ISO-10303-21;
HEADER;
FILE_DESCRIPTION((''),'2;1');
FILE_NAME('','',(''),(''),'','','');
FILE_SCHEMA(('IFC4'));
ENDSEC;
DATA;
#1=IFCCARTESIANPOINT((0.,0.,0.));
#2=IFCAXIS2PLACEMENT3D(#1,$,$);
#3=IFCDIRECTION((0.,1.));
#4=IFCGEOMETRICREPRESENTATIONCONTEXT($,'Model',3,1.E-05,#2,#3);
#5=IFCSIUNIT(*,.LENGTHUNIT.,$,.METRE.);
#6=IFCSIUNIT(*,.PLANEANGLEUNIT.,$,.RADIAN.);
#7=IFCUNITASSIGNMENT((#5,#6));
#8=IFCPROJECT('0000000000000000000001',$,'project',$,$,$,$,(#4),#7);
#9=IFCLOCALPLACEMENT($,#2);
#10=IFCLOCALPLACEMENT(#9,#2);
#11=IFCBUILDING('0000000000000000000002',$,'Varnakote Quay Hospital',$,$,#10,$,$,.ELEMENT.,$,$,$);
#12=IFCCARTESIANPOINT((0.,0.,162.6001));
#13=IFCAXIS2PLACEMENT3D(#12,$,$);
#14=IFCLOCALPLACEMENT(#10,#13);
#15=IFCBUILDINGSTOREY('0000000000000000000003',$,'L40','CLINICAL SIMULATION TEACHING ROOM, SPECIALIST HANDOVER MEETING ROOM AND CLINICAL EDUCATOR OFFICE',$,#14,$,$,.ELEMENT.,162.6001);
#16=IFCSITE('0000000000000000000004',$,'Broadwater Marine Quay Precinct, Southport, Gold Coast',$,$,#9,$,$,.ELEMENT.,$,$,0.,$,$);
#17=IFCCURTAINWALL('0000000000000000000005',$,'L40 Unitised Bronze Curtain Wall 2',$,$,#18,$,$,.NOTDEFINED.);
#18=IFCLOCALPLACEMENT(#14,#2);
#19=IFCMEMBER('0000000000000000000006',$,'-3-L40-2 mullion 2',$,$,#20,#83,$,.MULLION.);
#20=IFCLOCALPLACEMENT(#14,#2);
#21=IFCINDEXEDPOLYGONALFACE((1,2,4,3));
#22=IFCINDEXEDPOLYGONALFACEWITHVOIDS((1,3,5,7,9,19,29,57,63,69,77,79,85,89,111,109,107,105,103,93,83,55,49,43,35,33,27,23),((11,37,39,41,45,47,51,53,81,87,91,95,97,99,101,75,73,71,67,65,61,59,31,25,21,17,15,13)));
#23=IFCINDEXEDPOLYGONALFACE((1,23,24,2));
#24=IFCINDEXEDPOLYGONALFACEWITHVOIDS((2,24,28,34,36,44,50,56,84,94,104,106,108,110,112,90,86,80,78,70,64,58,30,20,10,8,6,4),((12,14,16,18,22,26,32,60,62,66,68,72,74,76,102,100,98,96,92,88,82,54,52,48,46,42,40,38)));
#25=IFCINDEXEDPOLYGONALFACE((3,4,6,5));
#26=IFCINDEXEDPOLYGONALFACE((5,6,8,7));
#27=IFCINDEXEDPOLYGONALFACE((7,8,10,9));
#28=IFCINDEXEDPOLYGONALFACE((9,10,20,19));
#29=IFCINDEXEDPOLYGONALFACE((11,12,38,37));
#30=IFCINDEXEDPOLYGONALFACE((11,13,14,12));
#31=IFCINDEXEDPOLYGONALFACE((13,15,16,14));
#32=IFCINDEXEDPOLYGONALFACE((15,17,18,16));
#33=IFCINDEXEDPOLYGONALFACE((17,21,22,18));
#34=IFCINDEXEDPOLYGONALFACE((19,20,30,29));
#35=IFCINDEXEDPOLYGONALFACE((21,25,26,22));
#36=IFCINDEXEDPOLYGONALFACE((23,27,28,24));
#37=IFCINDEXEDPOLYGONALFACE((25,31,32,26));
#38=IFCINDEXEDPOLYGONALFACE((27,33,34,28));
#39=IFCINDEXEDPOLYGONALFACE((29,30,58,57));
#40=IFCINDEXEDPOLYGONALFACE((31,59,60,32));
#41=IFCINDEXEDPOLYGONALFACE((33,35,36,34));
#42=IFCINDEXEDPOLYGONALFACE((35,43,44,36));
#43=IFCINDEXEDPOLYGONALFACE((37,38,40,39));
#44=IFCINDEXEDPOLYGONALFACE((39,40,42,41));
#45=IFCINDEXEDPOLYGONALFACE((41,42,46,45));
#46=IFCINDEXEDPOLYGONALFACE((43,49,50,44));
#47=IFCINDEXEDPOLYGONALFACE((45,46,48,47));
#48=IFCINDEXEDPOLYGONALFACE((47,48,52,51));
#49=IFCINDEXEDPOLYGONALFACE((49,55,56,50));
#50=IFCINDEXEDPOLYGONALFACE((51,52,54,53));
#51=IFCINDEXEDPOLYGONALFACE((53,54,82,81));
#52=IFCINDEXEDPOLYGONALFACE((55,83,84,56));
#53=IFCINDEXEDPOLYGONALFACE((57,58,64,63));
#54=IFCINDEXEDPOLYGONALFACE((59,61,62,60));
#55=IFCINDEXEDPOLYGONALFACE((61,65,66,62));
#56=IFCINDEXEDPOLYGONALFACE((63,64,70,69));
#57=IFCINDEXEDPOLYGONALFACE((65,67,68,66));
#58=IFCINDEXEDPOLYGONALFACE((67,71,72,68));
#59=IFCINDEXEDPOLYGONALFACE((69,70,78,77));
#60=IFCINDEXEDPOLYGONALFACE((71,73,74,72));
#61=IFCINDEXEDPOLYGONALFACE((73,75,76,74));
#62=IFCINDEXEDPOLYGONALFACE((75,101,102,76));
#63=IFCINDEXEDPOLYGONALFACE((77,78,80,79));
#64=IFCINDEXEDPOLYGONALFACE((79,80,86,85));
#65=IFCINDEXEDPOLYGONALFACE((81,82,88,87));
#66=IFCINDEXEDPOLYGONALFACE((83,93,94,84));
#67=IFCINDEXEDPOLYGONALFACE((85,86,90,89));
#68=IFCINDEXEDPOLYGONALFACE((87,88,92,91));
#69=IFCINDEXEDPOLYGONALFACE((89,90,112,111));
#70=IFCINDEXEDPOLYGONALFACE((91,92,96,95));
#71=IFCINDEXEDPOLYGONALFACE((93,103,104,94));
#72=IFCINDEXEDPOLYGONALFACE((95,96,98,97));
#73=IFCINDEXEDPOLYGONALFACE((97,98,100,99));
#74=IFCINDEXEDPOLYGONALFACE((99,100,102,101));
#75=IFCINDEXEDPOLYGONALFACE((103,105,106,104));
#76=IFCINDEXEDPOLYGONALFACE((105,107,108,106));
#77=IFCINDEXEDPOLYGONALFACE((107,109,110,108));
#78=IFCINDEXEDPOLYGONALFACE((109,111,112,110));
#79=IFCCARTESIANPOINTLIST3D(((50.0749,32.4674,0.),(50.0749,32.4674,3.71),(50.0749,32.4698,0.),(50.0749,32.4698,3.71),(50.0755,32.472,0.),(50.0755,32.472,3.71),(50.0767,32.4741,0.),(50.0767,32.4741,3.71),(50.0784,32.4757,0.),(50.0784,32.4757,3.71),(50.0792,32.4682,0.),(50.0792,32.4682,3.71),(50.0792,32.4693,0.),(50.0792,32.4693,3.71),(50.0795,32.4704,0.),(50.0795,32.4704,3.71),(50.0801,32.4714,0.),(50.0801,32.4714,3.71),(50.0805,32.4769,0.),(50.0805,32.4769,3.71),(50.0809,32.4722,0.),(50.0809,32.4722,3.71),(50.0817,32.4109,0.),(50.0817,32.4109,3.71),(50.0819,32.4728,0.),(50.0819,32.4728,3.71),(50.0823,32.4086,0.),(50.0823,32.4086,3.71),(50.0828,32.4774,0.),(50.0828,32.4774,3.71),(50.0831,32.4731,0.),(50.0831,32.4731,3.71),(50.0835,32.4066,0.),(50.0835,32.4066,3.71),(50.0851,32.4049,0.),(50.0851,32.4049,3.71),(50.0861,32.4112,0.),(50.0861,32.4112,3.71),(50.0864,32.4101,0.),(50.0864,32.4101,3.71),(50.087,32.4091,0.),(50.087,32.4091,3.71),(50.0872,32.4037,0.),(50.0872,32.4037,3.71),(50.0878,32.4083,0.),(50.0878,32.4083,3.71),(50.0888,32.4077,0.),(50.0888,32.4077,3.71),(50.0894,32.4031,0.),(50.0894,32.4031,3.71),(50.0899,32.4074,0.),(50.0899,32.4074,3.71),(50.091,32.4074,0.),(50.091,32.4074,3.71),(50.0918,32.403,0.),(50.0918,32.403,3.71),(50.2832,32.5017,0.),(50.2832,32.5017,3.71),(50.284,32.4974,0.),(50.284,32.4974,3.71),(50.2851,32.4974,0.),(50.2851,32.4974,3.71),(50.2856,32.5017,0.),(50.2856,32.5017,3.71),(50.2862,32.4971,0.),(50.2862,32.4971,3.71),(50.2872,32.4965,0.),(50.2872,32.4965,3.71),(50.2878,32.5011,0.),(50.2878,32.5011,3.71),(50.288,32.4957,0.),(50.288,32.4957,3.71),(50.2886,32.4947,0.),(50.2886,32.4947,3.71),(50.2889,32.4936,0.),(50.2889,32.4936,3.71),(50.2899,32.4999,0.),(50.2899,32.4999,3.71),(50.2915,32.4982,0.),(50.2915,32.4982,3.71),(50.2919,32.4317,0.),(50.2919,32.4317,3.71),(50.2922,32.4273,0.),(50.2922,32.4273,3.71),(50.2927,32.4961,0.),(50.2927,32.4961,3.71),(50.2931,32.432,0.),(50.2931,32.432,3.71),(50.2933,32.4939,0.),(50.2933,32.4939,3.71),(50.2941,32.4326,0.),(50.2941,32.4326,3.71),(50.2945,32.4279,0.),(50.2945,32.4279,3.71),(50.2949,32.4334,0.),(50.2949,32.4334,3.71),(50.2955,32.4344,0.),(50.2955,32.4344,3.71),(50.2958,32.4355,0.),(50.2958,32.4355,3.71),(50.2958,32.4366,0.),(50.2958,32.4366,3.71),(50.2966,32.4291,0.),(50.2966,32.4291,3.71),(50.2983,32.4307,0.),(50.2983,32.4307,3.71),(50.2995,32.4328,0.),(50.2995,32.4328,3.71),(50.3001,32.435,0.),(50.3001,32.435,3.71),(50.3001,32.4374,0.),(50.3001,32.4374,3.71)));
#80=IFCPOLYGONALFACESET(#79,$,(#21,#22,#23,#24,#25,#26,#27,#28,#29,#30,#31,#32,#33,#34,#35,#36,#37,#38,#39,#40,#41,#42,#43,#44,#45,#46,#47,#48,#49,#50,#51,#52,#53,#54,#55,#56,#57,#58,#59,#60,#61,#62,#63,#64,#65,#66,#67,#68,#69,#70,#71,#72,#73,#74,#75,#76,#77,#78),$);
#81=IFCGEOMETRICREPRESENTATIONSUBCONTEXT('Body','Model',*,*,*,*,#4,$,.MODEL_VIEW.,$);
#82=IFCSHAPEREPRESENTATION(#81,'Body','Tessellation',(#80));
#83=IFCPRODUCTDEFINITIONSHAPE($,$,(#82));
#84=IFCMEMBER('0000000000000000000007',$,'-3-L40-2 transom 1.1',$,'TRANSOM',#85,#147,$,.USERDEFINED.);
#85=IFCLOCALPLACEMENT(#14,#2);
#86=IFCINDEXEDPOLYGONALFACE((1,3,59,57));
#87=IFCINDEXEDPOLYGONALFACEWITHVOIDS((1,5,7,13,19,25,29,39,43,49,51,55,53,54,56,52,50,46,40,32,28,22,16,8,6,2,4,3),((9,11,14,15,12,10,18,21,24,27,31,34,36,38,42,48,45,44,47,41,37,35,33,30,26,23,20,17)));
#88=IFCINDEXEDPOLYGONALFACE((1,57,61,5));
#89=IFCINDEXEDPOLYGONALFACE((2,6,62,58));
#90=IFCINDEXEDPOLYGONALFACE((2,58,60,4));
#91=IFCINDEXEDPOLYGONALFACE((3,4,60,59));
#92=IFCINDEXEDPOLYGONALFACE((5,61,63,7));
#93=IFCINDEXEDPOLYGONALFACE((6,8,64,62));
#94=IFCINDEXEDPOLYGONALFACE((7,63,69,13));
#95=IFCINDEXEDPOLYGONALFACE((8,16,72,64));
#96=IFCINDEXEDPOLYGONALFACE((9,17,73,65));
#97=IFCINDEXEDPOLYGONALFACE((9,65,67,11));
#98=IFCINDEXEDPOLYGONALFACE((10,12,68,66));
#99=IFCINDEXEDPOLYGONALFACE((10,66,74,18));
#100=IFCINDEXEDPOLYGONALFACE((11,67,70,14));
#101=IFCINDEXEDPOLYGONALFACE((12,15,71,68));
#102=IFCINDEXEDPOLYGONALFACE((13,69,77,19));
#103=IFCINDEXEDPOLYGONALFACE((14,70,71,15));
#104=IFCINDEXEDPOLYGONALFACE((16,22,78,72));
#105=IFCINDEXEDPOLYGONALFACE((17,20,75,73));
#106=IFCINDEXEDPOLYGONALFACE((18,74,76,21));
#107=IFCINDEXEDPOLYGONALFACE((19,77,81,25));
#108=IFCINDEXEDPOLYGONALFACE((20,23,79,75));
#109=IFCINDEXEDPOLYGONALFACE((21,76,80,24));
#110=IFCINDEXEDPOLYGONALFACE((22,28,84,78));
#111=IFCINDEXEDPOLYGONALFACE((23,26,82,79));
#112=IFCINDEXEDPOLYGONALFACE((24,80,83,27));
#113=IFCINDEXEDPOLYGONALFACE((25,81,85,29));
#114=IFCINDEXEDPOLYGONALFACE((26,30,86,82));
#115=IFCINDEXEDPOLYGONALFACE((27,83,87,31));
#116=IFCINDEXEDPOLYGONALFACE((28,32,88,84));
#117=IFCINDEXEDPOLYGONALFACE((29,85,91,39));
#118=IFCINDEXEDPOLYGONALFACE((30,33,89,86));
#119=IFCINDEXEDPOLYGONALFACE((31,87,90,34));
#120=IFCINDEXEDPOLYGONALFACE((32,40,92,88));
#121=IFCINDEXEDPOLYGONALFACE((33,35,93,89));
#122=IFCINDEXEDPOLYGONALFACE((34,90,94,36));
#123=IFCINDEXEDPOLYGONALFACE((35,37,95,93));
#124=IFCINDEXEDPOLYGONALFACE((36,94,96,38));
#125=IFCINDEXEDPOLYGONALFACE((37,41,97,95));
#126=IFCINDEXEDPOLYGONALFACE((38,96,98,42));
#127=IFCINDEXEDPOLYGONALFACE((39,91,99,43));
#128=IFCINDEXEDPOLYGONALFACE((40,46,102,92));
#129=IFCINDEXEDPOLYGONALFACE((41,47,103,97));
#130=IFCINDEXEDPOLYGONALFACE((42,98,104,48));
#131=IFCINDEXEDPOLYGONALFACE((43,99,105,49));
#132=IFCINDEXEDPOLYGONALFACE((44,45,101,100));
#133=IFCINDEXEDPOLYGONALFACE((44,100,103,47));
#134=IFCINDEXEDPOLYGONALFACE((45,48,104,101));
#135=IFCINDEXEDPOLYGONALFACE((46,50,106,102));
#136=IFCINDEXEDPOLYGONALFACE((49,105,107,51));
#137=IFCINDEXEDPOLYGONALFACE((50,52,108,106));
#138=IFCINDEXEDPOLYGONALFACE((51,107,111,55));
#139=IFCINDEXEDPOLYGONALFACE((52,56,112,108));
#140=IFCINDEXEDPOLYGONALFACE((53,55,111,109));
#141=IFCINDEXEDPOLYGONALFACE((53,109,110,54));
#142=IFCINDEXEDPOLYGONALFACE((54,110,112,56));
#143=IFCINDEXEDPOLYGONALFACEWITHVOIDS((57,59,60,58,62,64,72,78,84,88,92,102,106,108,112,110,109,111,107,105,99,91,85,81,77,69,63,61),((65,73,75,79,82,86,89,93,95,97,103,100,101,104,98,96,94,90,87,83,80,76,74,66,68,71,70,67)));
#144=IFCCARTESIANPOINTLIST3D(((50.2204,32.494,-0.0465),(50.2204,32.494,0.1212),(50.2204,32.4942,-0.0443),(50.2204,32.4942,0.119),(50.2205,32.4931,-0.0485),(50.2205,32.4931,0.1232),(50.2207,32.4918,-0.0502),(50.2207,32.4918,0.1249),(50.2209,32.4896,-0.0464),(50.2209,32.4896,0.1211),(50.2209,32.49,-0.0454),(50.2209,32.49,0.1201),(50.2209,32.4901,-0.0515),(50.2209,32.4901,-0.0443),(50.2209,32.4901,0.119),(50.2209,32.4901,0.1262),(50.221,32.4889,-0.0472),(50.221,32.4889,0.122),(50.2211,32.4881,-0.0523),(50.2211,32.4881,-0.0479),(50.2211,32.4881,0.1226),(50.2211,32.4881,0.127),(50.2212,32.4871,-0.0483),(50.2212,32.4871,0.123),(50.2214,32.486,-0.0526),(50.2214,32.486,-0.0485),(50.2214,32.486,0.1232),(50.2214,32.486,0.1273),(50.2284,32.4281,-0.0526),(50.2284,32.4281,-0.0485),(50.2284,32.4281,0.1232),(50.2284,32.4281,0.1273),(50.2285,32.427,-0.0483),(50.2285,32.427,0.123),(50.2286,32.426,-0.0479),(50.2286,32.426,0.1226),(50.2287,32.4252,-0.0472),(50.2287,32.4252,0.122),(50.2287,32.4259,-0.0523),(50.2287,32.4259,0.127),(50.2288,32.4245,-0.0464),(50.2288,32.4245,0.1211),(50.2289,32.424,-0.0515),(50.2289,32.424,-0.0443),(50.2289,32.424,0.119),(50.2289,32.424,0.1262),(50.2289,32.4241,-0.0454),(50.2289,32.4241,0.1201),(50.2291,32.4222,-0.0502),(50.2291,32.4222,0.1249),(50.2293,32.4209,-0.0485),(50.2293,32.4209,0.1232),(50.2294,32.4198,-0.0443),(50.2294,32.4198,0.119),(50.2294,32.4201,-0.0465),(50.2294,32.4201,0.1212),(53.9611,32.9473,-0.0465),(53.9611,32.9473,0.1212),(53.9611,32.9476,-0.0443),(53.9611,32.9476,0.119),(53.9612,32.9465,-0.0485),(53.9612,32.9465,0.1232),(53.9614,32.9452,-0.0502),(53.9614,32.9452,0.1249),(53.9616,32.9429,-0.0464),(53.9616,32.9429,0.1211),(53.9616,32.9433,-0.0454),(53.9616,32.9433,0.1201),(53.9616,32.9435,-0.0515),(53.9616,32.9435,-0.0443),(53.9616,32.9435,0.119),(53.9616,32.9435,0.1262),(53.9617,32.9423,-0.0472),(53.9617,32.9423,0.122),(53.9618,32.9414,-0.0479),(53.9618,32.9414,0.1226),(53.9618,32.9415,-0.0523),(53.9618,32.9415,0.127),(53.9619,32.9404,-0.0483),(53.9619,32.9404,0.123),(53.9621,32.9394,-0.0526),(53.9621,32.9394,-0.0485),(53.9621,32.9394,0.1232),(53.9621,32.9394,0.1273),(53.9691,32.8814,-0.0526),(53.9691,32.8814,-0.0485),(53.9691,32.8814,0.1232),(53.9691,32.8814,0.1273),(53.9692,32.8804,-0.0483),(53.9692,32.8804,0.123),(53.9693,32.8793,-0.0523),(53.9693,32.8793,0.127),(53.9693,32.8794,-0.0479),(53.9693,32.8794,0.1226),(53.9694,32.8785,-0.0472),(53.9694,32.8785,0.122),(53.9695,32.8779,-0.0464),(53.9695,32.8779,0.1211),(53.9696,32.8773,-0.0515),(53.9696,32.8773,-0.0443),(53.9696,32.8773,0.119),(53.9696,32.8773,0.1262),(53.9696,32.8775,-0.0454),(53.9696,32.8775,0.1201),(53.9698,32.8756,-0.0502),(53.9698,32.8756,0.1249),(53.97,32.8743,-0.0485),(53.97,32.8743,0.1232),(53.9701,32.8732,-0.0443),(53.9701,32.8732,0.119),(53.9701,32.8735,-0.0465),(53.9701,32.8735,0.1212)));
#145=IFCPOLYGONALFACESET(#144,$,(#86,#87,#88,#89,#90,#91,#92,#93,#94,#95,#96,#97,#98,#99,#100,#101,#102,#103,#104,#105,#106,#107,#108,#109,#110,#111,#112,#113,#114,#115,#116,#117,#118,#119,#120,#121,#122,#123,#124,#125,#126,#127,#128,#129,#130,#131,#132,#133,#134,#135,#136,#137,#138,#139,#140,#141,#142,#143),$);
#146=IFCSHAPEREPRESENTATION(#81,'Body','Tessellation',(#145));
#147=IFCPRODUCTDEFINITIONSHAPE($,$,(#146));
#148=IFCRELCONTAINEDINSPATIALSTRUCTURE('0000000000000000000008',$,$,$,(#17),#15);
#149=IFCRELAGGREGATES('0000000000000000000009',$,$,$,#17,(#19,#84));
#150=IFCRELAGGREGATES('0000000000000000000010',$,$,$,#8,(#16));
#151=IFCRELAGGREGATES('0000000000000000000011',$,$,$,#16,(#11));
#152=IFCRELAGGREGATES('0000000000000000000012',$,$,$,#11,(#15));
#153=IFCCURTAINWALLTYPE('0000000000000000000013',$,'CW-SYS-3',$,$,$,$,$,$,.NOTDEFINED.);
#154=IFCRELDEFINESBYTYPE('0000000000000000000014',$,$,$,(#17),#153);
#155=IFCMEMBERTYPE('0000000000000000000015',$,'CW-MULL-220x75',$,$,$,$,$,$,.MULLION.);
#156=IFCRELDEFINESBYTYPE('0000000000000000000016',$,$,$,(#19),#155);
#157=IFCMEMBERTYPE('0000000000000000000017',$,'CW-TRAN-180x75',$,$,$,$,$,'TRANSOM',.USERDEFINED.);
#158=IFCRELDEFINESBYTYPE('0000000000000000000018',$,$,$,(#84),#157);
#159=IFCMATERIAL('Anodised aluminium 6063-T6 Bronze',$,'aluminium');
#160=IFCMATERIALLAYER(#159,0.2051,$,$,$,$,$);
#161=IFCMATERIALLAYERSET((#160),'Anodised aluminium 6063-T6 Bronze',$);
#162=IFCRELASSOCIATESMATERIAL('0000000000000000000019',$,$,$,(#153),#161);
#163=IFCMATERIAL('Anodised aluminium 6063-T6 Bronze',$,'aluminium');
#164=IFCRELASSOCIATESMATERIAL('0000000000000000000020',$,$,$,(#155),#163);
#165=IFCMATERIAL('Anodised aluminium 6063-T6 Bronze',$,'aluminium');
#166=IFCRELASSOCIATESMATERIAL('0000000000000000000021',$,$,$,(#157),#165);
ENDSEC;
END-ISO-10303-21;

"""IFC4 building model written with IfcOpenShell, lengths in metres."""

from ifc_helpers import new_model, si_unit, direction, frame, origin, origin_2d, place, context, subcontext, project, spatial, hollow_rectangle, extrude, material, layer, layer_set, material_profile, profile_set, type_object, element, aggregate, save


model = new_model("IFC4")

# Units and contexts
model_context = context("Model", 3, precision=1e-05, world=origin(), true_north=direction((0.0, 1.0)))
body_context = subcontext(model_context, "Body", "Model", "MODEL_VIEW")
ifc_project = project(units=[si_unit("LENGTHUNIT", "METRE"), si_unit("PLANEANGLEUNIT", "RADIAN")], contexts=[model_context])

# Site, building, storey
site_placement = place(None, origin())
site = spatial("IfcSite", under=ifc_project, at=site_placement, Name="Broadwater Marine Quay Precinct, Southport, Gold Coast", CompositionType="ELEMENT", RefElevation=0.0)
building_placement = place(site_placement, origin())
building = spatial("IfcBuilding", under=site, at=building_placement, Name="Varnakote Quay Hospital", CompositionType="ELEMENT")
storey_placement = place(building_placement, frame((0.0, 0.0, 162.6001)))
storey = spatial("IfcBuildingStorey", under=building, at=storey_placement, Name="L40", Description="CLINICAL SIMULATION TEACHING ROOM, SPECIALIST HANDOVER MEETING ROOM AND CLINICAL EDUCATOR OFFICE", CompositionType="ELEMENT", Elevation=162.6001)

# Shared definitions
ifc_material_1 = material(Name="Anodised aluminium 6063-T6 Bronze", Category="aluminium")
ifc_layer_1 = layer(ifc_material_1, 0.2051)
ifc_layer_set_1 = layer_set([ifc_layer_1], Name="Anodised aluminium 6063-T6 Bronze")
curtain_wall_type = type_object("IfcCurtainWallType", Name="CW-SYS-3", PredefinedType="NOTDEFINED", material=ifc_layer_set_1)
ifc_material_2 = material(Name="Anodised aluminium 6063-T6 Bronze", Category="aluminium")
ifc_material_profile_1 = material_profile(ifc_material_2, hollow_rectangle(XDim=0.075, YDim=0.22, WallThickness=0.0044, InnerFilletRadius=0.0044, OuterFilletRadius=0.009, at=origin_2d()), Name="CW-MULL-220x75")
ifc_profile_set_1 = profile_set([ifc_material_profile_1], Name="Anodised aluminium 6063-T6 Bronze")
member_type_1 = type_object("IfcMemberType", Name="CW-MULL-220x75", PredefinedType="MULLION", material=ifc_profile_set_1)

# Curtain wall, members
curtain_wall_1_placement = place(storey_placement, origin())
curtain_wall_1 = element("IfcCurtainWall", 1, at=curtain_wall_1_placement, inside=storey, type_object=curtain_wall_type, Name="L40 Unitised Bronze Curtain Wall 2", PredefinedType="NOTDEFINED")
member_1_placement = place(storey_placement, frame((50.1875, 32.4524, 0.0), z_axis=(0.0, 0.0, 1.0), x_axis=(0.120327, -0.992734, 0.0)))
member_1 = element("IfcMember", 2, at=member_1_placement, type_object=member_type_1, Name="-3-L40-2 mullion 2", PredefinedType="MULLION", context=body_context, shape_type="SweptSolid", body=[
    extrude(hollow_rectangle(XDim=0.075, YDim=0.22, WallThickness=0.0044, InnerFilletRadius=0.0044, OuterFilletRadius=0.009, at=origin_2d()), origin(), (0.0, 0.0, 1.0), 3.71),
])
ifc_material_3 = material(Name="Anodised aluminium 6063-T6 Bronze", Category="aluminium")
ifc_material_profile_2 = material_profile(ifc_material_3, hollow_rectangle(XDim=0.075, YDim=0.1799, WallThickness=0.0042, InnerFilletRadius=0.0042, OuterFilletRadius=0.0083, at=origin_2d()), Name="CW-TRAN-180x75")
ifc_profile_set_2 = profile_set([ifc_material_profile_2], Name="Anodised aluminium 6063-T6 Bronze")
member_type_2 = type_object("IfcMemberType", Name="CW-TRAN-180x75", ElementType="TRANSOM", PredefinedType="USERDEFINED", material=ifc_profile_set_2)
member_2_placement = place(storey_placement, frame((53.9656, 32.9104, 0.0374), z_axis=(-0.992735, -0.120318, 0.0), x_axis=(0.120318, -0.992735, 0.0)))
member_2 = element("IfcMember", 3, at=member_2_placement, type_object=member_type_2, Name="-3-L40-2 transom 1.1", ObjectType="TRANSOM", PredefinedType="USERDEFINED", context=body_context, shape_type="SweptSolid", body=[
    extrude(hollow_rectangle(XDim=0.075, YDim=0.1799, WallThickness=0.0042, InnerFilletRadius=0.0042, OuterFilletRadius=0.0083, at=origin_2d()), origin(), (0.0, 0.0, 1.0), 3.7681),
])

aggregate(curtain_wall_1, [member_1, member_2])

save(model, "model.ifc")
